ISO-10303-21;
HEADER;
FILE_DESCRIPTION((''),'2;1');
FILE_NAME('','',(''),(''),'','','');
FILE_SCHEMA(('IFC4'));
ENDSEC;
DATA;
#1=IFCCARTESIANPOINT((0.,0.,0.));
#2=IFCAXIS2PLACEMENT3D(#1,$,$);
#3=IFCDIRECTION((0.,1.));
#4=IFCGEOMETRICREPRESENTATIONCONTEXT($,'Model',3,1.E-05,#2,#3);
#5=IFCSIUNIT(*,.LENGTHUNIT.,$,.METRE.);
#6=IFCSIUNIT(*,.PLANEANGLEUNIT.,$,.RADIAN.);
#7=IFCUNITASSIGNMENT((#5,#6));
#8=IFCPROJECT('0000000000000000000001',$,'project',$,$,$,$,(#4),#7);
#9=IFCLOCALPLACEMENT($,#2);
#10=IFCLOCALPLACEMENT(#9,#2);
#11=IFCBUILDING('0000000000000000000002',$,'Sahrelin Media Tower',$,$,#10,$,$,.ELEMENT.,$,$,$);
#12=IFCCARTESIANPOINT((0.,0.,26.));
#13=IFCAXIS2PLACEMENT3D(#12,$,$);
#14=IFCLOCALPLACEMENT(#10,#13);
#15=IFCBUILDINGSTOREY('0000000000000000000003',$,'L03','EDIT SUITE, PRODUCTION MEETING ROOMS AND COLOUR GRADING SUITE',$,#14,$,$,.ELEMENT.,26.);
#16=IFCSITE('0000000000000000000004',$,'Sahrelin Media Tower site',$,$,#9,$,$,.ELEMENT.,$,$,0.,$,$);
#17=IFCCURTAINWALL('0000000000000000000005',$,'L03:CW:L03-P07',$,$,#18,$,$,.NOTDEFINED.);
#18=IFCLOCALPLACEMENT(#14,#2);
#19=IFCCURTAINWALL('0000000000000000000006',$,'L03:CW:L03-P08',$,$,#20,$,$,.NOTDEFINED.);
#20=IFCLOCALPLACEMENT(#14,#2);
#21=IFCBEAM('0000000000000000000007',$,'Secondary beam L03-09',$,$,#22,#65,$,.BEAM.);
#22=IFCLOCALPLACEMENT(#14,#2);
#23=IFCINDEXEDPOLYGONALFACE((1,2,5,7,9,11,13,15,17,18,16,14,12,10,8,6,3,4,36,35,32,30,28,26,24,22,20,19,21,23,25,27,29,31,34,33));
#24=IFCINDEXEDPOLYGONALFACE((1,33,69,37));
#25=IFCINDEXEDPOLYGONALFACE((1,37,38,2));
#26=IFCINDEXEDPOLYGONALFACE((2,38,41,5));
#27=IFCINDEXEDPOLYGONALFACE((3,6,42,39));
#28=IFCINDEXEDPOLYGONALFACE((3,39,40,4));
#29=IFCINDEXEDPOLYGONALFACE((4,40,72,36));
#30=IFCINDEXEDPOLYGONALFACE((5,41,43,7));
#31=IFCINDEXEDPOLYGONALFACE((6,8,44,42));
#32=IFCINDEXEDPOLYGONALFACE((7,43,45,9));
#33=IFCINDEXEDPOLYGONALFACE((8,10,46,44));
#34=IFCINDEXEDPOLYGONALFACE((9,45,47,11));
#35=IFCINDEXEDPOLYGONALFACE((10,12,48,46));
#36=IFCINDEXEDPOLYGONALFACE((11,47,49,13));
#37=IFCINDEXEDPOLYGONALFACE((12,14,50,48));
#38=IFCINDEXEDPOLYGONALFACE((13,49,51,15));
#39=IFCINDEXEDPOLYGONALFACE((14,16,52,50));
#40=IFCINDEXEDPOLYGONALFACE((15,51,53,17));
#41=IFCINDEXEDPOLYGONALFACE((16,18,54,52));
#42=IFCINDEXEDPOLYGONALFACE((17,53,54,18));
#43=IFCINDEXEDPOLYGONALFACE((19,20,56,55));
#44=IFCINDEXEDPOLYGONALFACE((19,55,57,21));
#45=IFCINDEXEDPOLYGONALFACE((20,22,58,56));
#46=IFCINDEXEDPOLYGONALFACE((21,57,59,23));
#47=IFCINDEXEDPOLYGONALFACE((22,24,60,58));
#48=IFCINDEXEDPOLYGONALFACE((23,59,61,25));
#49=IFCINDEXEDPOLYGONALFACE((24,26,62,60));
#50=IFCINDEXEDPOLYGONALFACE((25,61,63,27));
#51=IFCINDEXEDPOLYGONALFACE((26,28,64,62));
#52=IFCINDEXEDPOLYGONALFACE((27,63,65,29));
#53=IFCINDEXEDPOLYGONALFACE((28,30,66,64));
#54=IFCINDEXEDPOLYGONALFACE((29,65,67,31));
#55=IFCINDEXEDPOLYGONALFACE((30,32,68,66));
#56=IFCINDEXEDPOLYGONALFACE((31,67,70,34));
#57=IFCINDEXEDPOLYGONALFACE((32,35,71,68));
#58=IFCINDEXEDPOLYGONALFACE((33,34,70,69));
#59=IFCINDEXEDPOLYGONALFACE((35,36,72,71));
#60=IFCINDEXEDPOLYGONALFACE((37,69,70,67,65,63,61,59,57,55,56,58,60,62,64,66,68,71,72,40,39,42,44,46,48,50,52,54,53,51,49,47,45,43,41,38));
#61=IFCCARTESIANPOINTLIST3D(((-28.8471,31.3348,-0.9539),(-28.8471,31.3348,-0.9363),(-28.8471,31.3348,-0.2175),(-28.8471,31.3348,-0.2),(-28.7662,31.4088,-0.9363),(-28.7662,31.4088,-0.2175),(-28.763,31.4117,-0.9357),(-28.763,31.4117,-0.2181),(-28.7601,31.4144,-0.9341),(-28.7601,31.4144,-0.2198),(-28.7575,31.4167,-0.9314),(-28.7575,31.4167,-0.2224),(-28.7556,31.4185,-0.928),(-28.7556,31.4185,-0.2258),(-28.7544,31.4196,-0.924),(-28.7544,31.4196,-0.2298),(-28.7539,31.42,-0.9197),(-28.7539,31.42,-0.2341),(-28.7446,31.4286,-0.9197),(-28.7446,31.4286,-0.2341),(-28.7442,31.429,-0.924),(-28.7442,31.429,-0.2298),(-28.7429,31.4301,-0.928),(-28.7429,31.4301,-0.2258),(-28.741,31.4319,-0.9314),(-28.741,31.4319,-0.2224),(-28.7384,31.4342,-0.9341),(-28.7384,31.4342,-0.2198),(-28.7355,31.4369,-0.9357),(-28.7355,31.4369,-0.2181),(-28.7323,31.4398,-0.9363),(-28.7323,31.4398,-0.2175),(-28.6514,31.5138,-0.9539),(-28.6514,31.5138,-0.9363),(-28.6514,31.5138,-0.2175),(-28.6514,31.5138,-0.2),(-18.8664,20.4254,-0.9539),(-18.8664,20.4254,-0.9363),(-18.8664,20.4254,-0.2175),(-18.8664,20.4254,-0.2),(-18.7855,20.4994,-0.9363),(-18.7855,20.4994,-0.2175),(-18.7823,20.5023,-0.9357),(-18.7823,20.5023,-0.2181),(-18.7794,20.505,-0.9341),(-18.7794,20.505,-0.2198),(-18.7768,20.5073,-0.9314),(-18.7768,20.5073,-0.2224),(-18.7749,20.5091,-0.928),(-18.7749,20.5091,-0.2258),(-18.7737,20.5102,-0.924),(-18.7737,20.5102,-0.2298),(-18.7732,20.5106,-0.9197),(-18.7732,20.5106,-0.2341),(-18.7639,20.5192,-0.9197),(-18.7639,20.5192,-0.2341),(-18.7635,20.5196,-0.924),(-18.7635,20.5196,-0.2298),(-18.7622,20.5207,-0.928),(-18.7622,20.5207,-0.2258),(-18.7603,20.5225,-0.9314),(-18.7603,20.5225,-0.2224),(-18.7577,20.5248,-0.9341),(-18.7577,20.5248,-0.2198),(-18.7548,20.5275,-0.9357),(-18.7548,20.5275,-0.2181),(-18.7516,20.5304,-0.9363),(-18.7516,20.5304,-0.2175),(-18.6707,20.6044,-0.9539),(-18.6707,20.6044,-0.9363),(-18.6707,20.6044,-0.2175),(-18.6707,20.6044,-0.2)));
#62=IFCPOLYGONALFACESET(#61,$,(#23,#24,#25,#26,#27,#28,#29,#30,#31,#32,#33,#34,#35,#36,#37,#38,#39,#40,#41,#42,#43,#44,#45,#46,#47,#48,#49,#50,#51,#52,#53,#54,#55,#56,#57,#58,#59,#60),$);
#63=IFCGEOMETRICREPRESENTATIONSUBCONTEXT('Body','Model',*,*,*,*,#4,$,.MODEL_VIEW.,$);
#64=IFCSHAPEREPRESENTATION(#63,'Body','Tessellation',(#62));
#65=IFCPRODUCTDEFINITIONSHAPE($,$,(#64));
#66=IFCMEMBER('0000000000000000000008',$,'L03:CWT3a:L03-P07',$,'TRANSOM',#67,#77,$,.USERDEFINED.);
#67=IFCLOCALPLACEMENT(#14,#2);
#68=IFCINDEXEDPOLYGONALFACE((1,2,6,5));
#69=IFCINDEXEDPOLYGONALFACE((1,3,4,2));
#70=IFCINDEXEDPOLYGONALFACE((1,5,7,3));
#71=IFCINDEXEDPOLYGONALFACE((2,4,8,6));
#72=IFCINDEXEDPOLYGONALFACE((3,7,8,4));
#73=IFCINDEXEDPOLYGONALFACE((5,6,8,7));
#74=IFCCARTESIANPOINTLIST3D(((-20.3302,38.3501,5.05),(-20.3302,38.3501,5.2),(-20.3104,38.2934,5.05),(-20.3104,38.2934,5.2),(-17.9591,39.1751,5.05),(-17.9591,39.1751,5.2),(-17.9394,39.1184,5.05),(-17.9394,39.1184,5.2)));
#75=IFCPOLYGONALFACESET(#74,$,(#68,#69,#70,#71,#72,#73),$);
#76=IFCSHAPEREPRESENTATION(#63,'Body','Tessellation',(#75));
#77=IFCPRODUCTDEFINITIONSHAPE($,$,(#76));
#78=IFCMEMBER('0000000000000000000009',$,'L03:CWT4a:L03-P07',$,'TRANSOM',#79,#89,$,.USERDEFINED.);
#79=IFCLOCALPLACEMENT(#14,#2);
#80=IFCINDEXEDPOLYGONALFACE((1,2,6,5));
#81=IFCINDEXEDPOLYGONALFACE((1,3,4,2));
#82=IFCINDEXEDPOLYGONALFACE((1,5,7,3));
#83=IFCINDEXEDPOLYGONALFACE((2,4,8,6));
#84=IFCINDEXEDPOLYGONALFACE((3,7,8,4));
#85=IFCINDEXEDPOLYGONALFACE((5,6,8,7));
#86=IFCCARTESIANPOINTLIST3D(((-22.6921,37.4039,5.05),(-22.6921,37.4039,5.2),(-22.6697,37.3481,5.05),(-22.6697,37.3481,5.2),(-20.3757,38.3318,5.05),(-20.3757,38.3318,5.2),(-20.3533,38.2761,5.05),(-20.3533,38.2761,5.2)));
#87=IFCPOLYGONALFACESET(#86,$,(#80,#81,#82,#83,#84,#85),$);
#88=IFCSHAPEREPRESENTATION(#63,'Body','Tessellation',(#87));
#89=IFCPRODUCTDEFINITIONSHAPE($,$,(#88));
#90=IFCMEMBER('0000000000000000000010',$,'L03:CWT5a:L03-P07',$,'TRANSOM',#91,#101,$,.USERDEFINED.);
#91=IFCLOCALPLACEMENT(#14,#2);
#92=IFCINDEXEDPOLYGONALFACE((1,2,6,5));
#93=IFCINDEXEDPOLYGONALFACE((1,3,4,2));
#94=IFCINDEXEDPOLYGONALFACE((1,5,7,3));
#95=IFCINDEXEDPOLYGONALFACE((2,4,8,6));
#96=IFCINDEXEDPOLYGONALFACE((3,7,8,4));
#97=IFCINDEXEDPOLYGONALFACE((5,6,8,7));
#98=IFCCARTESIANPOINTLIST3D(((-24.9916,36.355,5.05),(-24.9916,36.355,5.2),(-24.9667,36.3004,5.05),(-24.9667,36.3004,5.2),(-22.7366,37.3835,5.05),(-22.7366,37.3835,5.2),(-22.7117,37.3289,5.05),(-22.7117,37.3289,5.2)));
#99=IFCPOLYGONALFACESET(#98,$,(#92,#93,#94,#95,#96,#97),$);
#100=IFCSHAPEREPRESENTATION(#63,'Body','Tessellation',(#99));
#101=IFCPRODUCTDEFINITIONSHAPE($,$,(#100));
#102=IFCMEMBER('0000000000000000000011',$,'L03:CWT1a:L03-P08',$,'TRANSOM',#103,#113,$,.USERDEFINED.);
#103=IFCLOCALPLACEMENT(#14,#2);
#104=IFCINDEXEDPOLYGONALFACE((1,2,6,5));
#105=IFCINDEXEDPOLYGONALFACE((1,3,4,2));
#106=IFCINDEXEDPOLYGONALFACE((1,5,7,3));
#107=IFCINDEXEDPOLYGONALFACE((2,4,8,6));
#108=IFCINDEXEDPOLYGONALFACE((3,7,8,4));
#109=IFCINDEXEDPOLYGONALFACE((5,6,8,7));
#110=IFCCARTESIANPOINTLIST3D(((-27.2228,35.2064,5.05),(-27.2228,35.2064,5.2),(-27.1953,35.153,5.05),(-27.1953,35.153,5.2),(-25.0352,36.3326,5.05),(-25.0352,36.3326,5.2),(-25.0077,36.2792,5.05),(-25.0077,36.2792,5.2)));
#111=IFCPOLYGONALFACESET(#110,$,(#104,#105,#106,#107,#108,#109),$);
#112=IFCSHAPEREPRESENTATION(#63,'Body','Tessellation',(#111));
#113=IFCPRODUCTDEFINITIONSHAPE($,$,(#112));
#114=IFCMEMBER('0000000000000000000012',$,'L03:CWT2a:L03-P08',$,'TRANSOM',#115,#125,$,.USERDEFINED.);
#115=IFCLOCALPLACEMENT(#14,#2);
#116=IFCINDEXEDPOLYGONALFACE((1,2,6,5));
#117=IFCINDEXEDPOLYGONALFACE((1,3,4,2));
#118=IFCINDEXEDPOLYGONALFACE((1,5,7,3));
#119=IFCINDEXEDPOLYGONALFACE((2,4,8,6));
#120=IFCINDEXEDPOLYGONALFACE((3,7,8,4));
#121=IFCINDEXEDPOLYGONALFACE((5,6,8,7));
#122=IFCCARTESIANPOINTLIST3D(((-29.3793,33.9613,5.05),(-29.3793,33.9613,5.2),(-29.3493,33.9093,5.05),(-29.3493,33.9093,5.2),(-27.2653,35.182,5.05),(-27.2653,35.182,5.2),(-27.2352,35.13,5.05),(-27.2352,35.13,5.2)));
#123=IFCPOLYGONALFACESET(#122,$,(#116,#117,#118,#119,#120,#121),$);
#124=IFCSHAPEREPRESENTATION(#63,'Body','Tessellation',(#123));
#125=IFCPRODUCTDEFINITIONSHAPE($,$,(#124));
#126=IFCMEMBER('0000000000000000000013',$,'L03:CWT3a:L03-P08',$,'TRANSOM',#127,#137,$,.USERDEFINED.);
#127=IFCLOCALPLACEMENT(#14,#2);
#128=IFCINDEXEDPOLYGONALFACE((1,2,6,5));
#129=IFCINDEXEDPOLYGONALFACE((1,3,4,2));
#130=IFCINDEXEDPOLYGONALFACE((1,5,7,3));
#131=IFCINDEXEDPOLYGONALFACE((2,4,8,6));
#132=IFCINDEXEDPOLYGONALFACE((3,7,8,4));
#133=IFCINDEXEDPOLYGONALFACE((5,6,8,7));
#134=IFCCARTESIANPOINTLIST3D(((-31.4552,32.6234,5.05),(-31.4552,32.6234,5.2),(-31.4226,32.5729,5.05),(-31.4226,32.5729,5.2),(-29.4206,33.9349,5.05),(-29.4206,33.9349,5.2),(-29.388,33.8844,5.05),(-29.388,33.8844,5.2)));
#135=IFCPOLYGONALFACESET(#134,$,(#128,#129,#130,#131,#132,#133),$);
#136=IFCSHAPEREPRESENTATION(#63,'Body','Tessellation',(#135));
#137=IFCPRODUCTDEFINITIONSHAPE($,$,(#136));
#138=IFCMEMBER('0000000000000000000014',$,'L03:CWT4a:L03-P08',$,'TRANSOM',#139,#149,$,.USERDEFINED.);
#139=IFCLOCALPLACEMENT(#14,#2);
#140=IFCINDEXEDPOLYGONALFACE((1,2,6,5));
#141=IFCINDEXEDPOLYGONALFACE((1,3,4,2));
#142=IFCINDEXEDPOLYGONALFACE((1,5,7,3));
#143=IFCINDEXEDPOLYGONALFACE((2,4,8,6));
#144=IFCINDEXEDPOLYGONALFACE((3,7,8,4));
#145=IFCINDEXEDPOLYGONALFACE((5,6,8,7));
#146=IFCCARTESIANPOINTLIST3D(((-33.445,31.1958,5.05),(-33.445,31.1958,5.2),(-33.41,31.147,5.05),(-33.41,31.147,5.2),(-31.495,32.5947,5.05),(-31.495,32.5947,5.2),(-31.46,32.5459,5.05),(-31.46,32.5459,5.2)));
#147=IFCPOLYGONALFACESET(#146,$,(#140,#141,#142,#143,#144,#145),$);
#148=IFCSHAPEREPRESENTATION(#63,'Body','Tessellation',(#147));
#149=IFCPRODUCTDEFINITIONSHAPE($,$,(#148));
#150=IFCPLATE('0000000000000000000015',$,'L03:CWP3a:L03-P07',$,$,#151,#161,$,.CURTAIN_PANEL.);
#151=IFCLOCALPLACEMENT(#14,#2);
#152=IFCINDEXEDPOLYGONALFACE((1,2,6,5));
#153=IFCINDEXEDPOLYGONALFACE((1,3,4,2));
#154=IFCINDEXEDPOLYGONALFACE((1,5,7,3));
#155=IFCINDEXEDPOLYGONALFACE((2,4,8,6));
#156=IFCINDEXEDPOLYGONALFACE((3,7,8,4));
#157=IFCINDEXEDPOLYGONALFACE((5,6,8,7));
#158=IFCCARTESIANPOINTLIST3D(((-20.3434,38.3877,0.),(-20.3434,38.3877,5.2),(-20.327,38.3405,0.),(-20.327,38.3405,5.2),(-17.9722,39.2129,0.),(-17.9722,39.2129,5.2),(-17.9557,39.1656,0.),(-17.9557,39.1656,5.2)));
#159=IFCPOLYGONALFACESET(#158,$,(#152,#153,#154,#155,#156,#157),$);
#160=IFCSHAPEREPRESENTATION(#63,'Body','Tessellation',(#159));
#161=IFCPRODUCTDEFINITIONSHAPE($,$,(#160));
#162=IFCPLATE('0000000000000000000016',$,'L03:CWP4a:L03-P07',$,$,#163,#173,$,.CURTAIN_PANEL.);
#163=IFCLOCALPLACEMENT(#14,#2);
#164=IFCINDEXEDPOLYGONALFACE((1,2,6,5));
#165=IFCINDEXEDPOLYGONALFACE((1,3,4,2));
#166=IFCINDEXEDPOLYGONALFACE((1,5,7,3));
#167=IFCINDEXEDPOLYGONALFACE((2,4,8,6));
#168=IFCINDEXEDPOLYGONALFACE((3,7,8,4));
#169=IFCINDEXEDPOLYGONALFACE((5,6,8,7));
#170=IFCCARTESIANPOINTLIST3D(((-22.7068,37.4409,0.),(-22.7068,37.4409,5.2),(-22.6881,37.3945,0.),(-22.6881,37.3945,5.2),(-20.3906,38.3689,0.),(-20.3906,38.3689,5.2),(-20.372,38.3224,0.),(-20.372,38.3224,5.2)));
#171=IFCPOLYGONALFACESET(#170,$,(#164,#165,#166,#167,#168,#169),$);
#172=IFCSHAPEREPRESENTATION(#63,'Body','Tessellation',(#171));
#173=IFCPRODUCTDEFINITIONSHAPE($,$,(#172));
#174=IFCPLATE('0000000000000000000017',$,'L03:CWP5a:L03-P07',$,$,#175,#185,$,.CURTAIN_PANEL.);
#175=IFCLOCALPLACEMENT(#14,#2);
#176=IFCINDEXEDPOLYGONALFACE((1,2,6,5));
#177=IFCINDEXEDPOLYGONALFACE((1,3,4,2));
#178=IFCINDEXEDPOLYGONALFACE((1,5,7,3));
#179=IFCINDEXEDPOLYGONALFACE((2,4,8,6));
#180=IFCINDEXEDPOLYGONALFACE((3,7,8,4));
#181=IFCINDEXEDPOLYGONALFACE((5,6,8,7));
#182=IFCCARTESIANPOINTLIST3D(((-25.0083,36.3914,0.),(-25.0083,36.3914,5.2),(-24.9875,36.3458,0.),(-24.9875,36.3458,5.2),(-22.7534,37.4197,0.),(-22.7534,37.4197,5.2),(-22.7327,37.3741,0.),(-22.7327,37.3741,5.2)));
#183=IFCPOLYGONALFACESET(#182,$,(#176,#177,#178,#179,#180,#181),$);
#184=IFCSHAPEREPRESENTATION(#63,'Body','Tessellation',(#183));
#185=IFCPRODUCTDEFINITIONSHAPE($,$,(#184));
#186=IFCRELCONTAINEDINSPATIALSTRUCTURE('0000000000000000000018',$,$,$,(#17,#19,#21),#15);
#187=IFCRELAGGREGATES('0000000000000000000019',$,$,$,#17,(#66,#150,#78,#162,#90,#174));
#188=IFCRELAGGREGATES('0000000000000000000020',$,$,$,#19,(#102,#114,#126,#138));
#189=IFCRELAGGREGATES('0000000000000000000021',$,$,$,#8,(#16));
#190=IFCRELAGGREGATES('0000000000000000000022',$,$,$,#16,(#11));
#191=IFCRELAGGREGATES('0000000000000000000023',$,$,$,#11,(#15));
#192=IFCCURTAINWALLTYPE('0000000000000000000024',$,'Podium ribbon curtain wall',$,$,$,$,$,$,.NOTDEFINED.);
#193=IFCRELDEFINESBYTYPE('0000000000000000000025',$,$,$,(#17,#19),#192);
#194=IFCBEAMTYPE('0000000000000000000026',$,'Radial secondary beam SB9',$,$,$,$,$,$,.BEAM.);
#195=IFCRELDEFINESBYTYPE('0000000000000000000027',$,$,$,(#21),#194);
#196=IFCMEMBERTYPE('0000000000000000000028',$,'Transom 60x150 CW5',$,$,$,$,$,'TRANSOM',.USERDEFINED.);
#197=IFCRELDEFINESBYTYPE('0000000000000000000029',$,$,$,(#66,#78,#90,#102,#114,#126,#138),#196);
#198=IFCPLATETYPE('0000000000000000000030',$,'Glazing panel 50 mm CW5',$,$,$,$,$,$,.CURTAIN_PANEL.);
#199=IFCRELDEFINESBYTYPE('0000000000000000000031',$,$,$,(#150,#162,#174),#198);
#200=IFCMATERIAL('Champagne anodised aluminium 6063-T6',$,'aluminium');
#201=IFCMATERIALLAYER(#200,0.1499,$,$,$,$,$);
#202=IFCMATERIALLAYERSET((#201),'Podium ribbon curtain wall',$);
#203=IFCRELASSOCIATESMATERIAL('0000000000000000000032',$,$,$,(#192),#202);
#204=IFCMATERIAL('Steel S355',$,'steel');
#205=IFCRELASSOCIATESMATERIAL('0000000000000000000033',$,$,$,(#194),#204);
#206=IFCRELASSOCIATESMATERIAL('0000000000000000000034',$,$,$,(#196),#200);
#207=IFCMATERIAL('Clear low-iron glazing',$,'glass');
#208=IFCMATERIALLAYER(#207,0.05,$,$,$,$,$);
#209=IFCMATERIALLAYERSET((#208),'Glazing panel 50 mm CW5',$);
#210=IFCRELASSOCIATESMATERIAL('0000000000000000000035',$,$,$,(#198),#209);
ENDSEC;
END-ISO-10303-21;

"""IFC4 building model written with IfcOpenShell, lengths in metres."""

from ifc_helpers import new_model, si_unit, direction, frame, origin, origin_2d, place, context, subcontext, project, spatial, polyline, rectangle, i_section, outline, extrude, material, layer, layer_set, material_profile, profile_set, type_object, element, aggregate, save


model = new_model("IFC4")

# Units and contexts
model_context = context("Model", 3, precision=1e-05, world=origin(), true_north=direction((0.0, 1.0)))
body_context = subcontext(model_context, "Body", "Model", "MODEL_VIEW")
ifc_project = project(units=[si_unit("LENGTHUNIT", "METRE"), si_unit("PLANEANGLEUNIT", "RADIAN")], contexts=[model_context])

# Site, building, storey
site_placement = place(None, origin())
site = spatial("IfcSite", under=ifc_project, at=site_placement, Name="Sahrelin Media Tower site", CompositionType="ELEMENT", RefElevation=0.0)
building_placement = place(site_placement, origin())
building = spatial("IfcBuilding", under=site, at=building_placement, Name="Sahrelin Media Tower", CompositionType="ELEMENT")
storey_placement = place(building_placement, frame((0.0, 0.0, 26.0)))
storey = spatial("IfcBuildingStorey", under=building, at=storey_placement, Name="L03", Description="EDIT SUITE, PRODUCTION MEETING ROOMS AND COLOUR GRADING SUITE", CompositionType="ELEMENT", Elevation=26.0)

# Curtain walls
ifc_material_1 = material(Name="Champagne anodised aluminium 6063-T6", Category="aluminium")
ifc_layer_1 = layer(ifc_material_1, 0.1499)
ifc_layer_set_1 = layer_set([ifc_layer_1], Name="Podium ribbon curtain wall")
curtain_wall_type = type_object("IfcCurtainWallType", Name="Podium ribbon curtain wall", PredefinedType="NOTDEFINED", material=ifc_layer_set_1)
curtain_wall_1_placement = place(storey_placement, frame((-12.9409, 40.5688, 0.0), z_axis=(0.0, 0.0, 1.0), x_axis=(1.0, 0.0, 0.0)))
curtain_wall_1 = element("IfcCurtainWall", 1, at=curtain_wall_1_placement, inside=storey, type_object=curtain_wall_type, Name="L03:CW:L03-P07", PredefinedType="NOTDEFINED")
curtain_wall_2_placement = place(storey_placement, frame((-25.0, 36.373, 0.0), z_axis=(0.0, 0.0, 1.0), x_axis=(1.0, 0.0, 0.0)))
curtain_wall_2 = element("IfcCurtainWall", 2, at=curtain_wall_2_placement, inside=storey, type_object=curtain_wall_type, Name="L03:CW:L03-P08", PredefinedType="NOTDEFINED")

# Beam
ifc_material_2 = material(Name="Steel S355", Category="steel")
ifc_material_profile_1 = material_profile(ifc_material_2, i_section(OverallWidth=0.2651, OverallDepth=0.7539, WebThickness=0.0127, FlangeThickness=0.0176, FilletRadius=0.0166, at=origin_2d()), Name="UB 762x267x147")
ifc_profile_set_1 = profile_set([ifc_material_profile_1], Name="Steel S355")
beam_type_1 = type_object("IfcBeamType", Name="Radial secondary beam SB9", PredefinedType="BEAM", material=ifc_profile_set_1)
beam_1_placement = place(storey_placement, frame((-18.7686, 20.5149, -0.5769), z_axis=(-0.675004, 0.737814, 0.0), x_axis=(-0.737814, -0.675004, 0.0)))
element("IfcBeam", 3, at=beam_1_placement, inside=storey, type_object=beam_type_1, Name="Secondary beam L03-09", PredefinedType="BEAM", context=body_context, shape_type="SweptSolid", body=[
    extrude(i_section(OverallWidth=0.2651, OverallDepth=0.7539, WebThickness=0.0127, FlangeThickness=0.0176, FilletRadius=0.0166, at=origin_2d()), origin(), (0.0, 0.0, 1.0), 14.7861),
])

# Members
ifc_material_profile_2 = material_profile(ifc_material_1, rectangle(XDim=0.0601, YDim=0.1499, at=origin_2d()), Name="Transom 60x150")
ifc_profile_set_2 = profile_set([ifc_material_profile_2], Name="Champagne anodised aluminium 6063-T6")
member_type_1 = type_object("IfcMemberType", Name="Transom 60x150 CW5", ElementType="TRANSOM", PredefinedType="USERDEFINED", material=ifc_profile_set_2)
member_1_placement = place(storey_placement, frame((-17.9492, 39.1467, 5.125), z_axis=(-0.944469, -0.3286, 0.0), x_axis=(0.3286, -0.944469, 0.0)))
member_1 = element("IfcMember", 4, at=member_1_placement, type_object=member_type_1, Name="L03:CWT3a:L03-P07", ObjectType="TRANSOM", PredefinedType="USERDEFINED", context=body_context, shape_type="SweptSolid", body=[
    extrude(rectangle(XDim=0.0601, YDim=0.1499, at=origin_2d()), origin(), (0.0, 0.0, 1.0), 2.5105),
])
member_2_placement = place(storey_placement, frame((-20.3645, 38.304, 5.125), z_axis=(-0.928281, -0.37188, 0.0), x_axis=(0.37188, -0.928281, 0.0)))
member_2 = element("IfcMember", 5, at=member_2_placement, type_object=member_type_1, Name="L03:CWT4a:L03-P07", ObjectType="TRANSOM", PredefinedType="USERDEFINED", context=body_context, shape_type="SweptSolid", body=[
    extrude(rectangle(XDim=0.0601, YDim=0.1499, at=origin_2d()), origin(), (0.0, 0.0, 1.0), 2.4954),
])
member_3_placement = place(storey_placement, frame((-22.7241, 37.3562, 5.125), z_axis=(-0.909833, -0.414975, 0.0), x_axis=(0.414975, -0.909833, 0.0)))
member_3 = element("IfcMember", 6, at=member_3_placement, type_object=member_type_1, Name="L03:CWT5a:L03-P07", ObjectType="TRANSOM", PredefinedType="USERDEFINED", context=body_context, shape_type="SweptSolid", body=[
    extrude(rectangle(XDim=0.0601, YDim=0.1499, at=origin_2d()), origin(), (0.0, 0.0, 1.0), 2.4785),
])
member_4_placement = place(storey_placement, frame((-25.0215, 36.3059, 5.125), z_axis=(-0.889086, -0.45774, 0.0), x_axis=(0.45774, -0.889086, 0.0)))
member_4 = element("IfcMember", 7, at=member_4_placement, type_object=member_type_1, Name="L03:CWT1a:L03-P08", ObjectType="TRANSOM", PredefinedType="USERDEFINED", context=body_context, shape_type="SweptSolid", body=[
    extrude(rectangle(XDim=0.0601, YDim=0.1499, at=origin_2d()), origin(), (0.0, 0.0, 1.0), 2.4604),
])
member_5_placement = place(storey_placement, frame((-27.2502, 35.156, 5.125), z_axis=(-0.865994, -0.500054, 0.0), x_axis=(0.500054, -0.865994, 0.0)))
member_5 = element("IfcMember", 8, at=member_5_placement, type_object=member_type_1, Name="L03:CWT2a:L03-P08", ObjectType="TRANSOM", PredefinedType="USERDEFINED", context=body_context, shape_type="SweptSolid", body=[
    extrude(rectangle(XDim=0.0601, YDim=0.1499, at=origin_2d()), origin(), (0.0, 0.0, 1.0), 2.4412),
])
member_6_placement = place(storey_placement, frame((-29.4043, 33.9097, 5.125), z_axis=(-0.840516, -0.541787, 0.0), x_axis=(0.541787, -0.840516, 0.0)))
member_6 = element("IfcMember", 9, at=member_6_placement, type_object=member_type_1, Name="L03:CWT3a:L03-P08", ObjectType="TRANSOM", PredefinedType="USERDEFINED", context=body_context, shape_type="SweptSolid", body=[
    extrude(rectangle(XDim=0.0601, YDim=0.1499, at=origin_2d()), origin(), (0.0, 0.0, 1.0), 2.4207),
])
member_7_placement = place(storey_placement, frame((-31.4775, 32.5703, 5.125), z_axis=(-0.812529, -0.582921, 0.0), x_axis=(0.582921, -0.812529, 0.0)))
member_7 = element("IfcMember", 10, at=member_7_placement, type_object=member_type_1, Name="L03:CWT4a:L03-P08", ObjectType="TRANSOM", PredefinedType="USERDEFINED", context=body_context, shape_type="SweptSolid", body=[
    extrude(rectangle(XDim=0.0601, YDim=0.1499, at=origin_2d()), origin(), (0.0, 0.0, 1.0), 2.3999),
])

# Plates
ifc_material_3 = material(Name="Clear low-iron glazing", Category="glass")
ifc_layer_2 = layer(ifc_material_3, 0.05)
ifc_layer_set_2 = layer_set([ifc_layer_2], Name="Glazing panel 50 mm CW5")
plate_type = type_object("IfcPlateType", Name="Glazing panel 50 mm CW5", PredefinedType="CURTAIN_PANEL", material=ifc_layer_set_2)
plate_1_placement = place(storey_placement, frame((-17.9722, 39.2129, 0.0), z_axis=(-0.328656, 0.94445, 0.0), x_axis=(-0.94445, -0.328656, 0.0)))
plate_1 = element("IfcPlate", 11, at=plate_1_placement, type_object=plate_type, Name="L03:CWP3a:L03-P07", PredefinedType="CURTAIN_PANEL", context=body_context, shape_type="SweptSolid", body=[
    extrude(outline(polyline([(0.0, 0.0), (2.5107, 0.0), (2.5107, 5.2), (0.0, 5.2), (0.0, 0.0)])), origin(), (0.0, 0.0, -1.0), 0.05),
])
plate_2_placement = place(storey_placement, frame((-20.3906, 38.3689, 0.0), z_axis=(-0.371914, 0.928267, 0.0), x_axis=(-0.928267, -0.371914, 0.0)))
plate_2 = element("IfcPlate", 12, at=plate_2_placement, type_object=plate_type, Name="L03:CWP4a:L03-P07", PredefinedType="CURTAIN_PANEL", context=body_context, shape_type="SweptSolid", body=[
    extrude(outline(polyline([(0.0, 0.0), (2.4951, 0.0), (2.4951, 5.2), (0.0, 5.2), (0.0, 0.0)])), origin(), (0.0, 0.0, -1.0), 0.05),
])
plate_3_placement = place(storey_placement, frame((-22.7534, 37.4197, 0.0), z_axis=(-0.414931, 0.909853, 0.0), x_axis=(-0.909853, -0.414931, 0.0)))
plate_3 = element("IfcPlate", 13, at=plate_3_placement, type_object=plate_type, Name="L03:CWP5a:L03-P07", PredefinedType="CURTAIN_PANEL", context=body_context, shape_type="SweptSolid", body=[
    extrude(outline(polyline([(0.0, 0.0), (2.4783, 0.0), (2.4783, 5.2), (0.0, 5.2), (0.0, 0.0)])), origin(), (0.0, 0.0, -1.0), 0.05),
])
aggregate(curtain_wall_1, [member_1, plate_1, member_2, plate_2, member_3, plate_3])
aggregate(curtain_wall_2, [member_4, member_5, member_6, member_7])

save(model, "model.ifc")
